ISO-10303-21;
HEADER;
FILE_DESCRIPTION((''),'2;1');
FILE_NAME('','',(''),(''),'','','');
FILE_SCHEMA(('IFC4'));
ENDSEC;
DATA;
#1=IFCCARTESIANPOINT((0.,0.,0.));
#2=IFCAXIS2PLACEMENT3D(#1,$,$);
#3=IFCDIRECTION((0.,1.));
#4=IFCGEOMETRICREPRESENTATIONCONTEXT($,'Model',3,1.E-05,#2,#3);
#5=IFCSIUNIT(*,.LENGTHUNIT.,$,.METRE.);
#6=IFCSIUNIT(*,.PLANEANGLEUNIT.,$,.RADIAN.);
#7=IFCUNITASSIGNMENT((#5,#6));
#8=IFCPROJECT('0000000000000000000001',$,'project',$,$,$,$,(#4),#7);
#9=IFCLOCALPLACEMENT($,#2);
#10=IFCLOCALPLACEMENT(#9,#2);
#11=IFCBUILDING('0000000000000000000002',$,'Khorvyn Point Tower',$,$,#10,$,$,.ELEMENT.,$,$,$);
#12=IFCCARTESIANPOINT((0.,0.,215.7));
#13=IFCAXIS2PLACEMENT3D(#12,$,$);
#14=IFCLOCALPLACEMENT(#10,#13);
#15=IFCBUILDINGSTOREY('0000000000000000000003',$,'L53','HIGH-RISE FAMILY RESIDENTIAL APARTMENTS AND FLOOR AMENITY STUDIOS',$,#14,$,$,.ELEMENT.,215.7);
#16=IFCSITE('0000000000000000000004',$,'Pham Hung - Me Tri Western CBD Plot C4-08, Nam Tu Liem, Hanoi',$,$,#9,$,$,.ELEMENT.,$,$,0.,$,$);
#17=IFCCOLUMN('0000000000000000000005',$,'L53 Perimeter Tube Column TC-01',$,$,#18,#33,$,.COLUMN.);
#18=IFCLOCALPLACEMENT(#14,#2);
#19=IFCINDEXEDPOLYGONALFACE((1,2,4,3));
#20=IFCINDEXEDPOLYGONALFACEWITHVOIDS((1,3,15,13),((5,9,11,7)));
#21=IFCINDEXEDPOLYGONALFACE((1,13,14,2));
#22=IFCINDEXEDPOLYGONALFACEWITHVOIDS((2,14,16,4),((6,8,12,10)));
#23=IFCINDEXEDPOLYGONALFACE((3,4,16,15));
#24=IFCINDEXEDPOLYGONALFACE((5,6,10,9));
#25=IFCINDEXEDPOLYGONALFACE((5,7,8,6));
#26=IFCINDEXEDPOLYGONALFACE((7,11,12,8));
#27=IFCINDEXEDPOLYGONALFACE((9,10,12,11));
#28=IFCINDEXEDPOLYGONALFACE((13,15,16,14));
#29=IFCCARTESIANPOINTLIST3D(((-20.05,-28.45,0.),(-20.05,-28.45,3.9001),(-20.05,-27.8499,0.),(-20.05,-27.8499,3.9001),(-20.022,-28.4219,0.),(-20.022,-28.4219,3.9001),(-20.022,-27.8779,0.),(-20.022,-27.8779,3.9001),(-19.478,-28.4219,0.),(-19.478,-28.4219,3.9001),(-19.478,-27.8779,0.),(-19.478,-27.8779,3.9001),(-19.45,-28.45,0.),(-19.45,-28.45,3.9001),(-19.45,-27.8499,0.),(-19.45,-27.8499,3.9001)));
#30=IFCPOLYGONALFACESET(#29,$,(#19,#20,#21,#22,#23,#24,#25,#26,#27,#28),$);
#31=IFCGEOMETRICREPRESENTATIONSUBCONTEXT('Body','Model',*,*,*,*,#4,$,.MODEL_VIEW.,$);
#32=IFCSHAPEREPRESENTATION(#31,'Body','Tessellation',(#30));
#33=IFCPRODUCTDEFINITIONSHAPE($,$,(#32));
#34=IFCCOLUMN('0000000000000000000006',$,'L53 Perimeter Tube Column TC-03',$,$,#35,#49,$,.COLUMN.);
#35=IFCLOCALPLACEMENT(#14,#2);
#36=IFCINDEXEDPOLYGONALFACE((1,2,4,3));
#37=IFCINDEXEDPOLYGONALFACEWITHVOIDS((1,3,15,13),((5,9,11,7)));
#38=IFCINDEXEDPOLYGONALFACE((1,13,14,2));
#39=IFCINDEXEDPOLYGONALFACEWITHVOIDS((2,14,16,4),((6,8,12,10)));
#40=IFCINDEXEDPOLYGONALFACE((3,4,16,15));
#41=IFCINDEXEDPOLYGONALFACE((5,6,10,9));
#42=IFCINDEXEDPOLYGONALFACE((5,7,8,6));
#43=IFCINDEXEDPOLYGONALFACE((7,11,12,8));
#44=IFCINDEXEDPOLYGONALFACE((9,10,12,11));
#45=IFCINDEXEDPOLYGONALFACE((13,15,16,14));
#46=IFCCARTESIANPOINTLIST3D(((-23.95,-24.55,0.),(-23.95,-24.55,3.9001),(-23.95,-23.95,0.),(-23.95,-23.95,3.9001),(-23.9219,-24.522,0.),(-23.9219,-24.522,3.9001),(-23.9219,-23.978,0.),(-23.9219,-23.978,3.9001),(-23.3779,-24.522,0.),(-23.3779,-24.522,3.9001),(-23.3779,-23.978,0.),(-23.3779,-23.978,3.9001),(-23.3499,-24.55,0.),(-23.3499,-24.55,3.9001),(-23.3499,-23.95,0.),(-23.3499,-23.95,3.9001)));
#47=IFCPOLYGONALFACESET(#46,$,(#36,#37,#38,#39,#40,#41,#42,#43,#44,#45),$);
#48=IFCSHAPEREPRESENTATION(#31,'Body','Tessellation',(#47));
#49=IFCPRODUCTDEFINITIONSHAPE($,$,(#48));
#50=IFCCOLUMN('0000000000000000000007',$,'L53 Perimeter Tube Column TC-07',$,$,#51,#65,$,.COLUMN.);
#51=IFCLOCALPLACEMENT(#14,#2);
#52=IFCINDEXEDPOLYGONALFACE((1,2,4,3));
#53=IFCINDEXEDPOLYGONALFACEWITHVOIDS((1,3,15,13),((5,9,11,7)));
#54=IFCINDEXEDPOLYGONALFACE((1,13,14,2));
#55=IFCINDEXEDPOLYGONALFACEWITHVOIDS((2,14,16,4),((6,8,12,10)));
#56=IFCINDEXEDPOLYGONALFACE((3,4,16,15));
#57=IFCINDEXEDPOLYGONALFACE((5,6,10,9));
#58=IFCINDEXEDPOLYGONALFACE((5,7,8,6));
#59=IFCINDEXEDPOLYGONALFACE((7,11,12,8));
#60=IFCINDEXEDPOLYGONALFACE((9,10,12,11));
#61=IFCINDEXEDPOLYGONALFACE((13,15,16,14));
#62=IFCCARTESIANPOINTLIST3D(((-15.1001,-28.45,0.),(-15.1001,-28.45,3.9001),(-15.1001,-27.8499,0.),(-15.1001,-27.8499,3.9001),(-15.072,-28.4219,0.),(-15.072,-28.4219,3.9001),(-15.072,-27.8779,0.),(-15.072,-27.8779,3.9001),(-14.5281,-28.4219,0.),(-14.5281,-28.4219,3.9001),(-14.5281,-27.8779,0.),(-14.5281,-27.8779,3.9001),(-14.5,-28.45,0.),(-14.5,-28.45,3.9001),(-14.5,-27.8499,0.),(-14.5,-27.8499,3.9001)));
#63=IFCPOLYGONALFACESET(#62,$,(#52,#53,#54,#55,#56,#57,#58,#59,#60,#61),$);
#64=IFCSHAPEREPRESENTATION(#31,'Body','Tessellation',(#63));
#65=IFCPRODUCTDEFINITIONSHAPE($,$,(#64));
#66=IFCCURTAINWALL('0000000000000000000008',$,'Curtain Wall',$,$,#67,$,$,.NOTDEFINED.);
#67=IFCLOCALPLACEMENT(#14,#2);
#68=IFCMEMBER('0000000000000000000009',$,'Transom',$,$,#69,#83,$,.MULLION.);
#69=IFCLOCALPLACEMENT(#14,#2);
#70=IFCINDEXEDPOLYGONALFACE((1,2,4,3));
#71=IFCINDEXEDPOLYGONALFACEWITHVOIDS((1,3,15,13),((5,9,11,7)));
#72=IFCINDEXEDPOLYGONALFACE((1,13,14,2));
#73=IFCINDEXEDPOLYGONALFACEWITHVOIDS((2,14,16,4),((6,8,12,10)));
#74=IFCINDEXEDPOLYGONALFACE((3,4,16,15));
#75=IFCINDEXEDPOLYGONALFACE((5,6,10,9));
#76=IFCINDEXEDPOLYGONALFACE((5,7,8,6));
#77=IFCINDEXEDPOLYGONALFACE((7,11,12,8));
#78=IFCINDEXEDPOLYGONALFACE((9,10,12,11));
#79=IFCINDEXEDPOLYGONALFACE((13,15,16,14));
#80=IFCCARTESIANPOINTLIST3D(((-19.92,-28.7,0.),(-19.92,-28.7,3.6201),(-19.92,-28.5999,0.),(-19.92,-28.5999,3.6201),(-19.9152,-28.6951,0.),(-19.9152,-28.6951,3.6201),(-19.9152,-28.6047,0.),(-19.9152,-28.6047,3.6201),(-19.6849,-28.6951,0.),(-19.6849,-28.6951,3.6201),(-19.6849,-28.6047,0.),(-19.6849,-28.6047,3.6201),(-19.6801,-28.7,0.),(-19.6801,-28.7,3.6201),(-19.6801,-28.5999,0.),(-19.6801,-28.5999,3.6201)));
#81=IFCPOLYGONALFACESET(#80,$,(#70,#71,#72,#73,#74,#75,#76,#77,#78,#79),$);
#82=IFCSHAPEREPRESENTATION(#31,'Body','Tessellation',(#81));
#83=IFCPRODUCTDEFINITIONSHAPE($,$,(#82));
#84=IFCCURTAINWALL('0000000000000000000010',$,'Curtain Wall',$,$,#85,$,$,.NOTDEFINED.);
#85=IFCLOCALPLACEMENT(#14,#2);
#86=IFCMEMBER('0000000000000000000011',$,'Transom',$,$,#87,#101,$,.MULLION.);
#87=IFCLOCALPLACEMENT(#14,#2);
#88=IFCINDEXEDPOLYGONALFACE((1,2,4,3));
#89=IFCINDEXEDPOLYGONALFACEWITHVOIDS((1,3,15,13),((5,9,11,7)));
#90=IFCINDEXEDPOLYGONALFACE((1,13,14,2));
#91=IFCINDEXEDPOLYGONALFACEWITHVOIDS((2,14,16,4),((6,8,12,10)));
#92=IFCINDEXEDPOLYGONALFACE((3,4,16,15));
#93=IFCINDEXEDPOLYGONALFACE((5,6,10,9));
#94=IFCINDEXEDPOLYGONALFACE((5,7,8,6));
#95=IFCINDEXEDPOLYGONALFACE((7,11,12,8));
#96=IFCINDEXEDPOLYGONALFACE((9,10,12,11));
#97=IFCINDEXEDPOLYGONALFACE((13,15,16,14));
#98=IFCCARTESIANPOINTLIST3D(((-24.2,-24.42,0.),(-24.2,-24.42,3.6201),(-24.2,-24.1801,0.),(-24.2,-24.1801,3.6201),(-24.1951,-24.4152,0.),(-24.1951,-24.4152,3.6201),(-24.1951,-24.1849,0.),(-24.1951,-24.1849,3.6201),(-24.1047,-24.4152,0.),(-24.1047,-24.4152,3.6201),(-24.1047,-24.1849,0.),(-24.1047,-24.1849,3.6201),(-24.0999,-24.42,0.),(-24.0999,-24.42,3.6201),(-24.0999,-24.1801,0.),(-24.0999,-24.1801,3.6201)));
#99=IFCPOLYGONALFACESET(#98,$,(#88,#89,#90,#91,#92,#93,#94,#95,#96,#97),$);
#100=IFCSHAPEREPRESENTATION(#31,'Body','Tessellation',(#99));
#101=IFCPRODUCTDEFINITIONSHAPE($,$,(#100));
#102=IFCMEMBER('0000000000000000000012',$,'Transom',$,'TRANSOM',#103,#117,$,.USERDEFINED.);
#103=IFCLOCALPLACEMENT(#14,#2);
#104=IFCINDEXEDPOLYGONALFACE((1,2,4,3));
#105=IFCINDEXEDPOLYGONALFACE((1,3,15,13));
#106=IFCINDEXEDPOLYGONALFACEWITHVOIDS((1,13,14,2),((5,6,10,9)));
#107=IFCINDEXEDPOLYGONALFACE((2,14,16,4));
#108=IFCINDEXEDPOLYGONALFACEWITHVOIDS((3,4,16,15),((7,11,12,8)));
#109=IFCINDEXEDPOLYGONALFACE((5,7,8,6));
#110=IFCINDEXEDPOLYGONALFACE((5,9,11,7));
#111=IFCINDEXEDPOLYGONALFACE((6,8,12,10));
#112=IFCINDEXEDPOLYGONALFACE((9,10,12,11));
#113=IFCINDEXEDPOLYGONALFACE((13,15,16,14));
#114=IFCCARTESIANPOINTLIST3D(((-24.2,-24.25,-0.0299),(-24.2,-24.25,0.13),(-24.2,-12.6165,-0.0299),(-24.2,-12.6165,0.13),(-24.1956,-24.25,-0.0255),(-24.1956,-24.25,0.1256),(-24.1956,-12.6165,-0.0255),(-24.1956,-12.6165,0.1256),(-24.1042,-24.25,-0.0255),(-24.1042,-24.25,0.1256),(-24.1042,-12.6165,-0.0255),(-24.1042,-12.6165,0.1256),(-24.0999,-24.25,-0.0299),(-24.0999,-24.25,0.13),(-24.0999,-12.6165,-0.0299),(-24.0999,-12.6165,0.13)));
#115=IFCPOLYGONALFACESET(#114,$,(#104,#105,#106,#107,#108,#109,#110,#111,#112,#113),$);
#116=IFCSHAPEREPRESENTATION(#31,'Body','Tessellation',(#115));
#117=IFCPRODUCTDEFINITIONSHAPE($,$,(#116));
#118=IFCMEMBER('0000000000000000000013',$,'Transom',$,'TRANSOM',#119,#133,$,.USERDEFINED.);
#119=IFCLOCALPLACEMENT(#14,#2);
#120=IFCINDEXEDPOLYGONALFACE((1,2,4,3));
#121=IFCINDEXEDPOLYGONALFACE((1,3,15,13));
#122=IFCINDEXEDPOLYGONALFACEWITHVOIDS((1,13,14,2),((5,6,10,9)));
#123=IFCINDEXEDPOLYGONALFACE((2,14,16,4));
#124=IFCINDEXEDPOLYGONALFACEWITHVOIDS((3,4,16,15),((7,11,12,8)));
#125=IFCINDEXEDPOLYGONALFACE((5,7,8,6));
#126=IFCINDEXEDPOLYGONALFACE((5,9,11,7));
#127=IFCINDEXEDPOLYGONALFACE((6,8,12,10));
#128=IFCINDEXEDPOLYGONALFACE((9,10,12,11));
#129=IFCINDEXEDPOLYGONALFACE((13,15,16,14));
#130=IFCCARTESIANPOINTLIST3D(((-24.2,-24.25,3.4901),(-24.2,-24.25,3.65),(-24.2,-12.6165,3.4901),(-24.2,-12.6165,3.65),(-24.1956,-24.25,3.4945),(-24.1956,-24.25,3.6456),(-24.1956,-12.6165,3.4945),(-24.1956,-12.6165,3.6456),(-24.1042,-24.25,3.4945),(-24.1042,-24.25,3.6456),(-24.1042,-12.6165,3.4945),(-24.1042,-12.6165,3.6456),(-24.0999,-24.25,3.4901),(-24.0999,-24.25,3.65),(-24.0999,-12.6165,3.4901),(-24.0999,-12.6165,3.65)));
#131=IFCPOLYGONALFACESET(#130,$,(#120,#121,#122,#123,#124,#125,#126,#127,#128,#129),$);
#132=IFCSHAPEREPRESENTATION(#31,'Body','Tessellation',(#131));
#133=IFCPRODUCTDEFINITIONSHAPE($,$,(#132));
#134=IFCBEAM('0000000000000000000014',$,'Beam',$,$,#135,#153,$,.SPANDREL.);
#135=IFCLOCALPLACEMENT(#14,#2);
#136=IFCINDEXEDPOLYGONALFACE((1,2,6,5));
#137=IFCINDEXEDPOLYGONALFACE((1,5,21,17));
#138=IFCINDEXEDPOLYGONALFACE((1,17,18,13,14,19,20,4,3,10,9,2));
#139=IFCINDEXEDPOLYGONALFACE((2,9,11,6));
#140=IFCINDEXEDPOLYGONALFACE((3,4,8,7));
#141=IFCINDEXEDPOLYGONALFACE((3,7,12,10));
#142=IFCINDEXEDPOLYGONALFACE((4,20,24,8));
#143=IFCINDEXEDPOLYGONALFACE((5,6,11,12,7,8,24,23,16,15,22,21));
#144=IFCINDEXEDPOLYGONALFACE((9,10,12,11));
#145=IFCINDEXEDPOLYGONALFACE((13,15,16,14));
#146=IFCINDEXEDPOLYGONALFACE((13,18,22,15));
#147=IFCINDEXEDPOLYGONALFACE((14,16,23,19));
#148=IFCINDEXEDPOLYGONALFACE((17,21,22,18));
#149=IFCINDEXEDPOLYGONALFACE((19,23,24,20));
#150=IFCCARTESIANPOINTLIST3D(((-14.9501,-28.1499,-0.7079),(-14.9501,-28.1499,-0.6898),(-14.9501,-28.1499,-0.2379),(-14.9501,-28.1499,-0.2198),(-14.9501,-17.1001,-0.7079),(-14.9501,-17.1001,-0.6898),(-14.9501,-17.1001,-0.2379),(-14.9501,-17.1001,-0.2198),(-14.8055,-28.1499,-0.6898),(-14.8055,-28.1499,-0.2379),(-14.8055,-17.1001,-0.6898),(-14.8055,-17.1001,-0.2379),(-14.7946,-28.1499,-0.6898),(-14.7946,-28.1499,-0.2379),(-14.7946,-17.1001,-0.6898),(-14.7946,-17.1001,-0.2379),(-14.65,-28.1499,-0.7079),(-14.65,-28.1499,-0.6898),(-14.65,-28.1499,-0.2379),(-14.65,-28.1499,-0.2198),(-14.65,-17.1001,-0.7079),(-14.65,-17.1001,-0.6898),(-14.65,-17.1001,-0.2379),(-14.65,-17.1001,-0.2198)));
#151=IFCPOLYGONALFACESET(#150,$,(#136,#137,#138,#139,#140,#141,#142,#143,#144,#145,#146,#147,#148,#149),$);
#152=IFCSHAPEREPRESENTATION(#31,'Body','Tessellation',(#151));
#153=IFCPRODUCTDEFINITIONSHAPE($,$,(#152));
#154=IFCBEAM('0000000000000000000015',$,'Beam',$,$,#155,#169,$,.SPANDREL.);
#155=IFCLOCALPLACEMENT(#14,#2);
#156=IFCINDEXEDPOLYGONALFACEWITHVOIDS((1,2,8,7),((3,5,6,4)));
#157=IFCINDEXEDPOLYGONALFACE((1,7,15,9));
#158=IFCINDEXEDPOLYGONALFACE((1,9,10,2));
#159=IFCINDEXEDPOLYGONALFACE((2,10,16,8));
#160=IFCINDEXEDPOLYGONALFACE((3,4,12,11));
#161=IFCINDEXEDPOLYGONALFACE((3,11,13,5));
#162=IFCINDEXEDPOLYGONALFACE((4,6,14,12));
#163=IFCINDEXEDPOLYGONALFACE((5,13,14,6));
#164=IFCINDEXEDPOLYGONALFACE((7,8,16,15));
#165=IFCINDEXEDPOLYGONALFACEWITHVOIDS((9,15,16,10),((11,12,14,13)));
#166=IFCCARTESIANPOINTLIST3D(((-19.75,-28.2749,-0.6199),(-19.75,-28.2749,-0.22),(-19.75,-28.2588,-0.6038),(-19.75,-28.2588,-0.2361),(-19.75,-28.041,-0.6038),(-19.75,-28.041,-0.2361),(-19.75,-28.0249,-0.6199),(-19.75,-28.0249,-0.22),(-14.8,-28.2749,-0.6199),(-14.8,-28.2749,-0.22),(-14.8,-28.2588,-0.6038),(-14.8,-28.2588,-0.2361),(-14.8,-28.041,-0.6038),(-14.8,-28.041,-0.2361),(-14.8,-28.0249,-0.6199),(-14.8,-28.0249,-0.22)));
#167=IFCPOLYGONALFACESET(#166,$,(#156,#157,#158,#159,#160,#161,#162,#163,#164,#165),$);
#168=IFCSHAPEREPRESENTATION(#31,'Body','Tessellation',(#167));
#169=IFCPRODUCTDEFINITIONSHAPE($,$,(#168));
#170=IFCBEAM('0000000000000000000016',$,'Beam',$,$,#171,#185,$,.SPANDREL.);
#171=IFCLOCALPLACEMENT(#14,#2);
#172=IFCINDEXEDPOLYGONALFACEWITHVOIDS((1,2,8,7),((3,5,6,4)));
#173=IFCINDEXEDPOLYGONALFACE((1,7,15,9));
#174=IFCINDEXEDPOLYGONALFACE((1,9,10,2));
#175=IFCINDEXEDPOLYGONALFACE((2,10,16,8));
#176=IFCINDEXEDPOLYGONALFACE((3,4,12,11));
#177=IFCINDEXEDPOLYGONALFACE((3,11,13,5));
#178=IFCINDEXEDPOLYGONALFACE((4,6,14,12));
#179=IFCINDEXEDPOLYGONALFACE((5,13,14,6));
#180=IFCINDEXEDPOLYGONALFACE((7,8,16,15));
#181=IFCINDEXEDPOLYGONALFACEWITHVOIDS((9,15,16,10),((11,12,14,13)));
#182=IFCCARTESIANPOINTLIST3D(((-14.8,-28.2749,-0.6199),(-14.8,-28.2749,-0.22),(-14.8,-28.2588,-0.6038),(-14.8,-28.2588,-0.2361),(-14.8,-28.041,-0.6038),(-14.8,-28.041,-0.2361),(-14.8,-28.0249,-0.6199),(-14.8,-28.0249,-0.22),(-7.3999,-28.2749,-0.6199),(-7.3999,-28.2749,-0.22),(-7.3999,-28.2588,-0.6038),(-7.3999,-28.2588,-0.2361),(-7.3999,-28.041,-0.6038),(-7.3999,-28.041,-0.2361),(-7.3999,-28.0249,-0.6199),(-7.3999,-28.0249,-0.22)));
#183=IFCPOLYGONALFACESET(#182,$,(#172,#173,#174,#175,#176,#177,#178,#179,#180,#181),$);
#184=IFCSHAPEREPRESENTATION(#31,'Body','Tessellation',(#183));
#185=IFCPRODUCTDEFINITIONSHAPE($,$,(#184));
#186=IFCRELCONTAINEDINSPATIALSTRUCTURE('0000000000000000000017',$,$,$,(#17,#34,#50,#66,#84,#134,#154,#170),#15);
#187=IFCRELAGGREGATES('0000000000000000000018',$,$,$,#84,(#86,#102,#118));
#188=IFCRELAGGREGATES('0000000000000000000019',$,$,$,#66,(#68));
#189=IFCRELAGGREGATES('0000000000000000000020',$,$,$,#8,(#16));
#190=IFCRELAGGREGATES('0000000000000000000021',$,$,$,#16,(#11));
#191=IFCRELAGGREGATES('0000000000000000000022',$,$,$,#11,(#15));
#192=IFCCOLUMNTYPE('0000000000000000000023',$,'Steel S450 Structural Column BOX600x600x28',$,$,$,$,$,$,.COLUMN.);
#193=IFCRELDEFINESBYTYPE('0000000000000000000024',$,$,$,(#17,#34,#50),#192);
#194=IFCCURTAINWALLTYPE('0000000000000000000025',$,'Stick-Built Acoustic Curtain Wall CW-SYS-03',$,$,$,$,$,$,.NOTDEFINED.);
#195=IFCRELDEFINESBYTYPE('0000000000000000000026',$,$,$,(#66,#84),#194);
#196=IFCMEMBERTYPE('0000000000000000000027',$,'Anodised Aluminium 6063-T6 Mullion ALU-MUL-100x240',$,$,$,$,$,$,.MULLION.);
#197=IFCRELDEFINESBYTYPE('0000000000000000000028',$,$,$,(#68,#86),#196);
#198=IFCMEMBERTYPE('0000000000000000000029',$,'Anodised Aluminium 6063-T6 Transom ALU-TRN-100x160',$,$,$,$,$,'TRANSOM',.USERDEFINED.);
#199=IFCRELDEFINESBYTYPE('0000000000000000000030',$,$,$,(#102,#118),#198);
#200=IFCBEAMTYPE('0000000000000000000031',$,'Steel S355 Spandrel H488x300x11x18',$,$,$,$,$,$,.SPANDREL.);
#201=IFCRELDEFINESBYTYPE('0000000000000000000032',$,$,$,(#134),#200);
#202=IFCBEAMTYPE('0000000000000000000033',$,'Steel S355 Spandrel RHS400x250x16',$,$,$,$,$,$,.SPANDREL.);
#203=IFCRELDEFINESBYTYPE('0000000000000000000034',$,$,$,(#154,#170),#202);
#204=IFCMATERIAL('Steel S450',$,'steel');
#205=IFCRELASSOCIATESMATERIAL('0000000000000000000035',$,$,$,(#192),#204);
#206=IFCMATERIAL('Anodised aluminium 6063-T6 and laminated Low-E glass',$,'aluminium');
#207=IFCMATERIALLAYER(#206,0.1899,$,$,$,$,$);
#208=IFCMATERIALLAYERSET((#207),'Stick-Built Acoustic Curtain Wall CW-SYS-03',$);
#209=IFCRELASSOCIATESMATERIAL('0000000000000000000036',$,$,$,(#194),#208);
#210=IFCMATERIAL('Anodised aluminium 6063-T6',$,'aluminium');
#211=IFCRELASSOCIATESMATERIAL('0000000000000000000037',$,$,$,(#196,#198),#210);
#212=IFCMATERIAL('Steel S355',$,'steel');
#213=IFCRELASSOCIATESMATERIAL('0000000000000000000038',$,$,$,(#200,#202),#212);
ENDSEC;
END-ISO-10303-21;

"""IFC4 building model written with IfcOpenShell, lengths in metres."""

from ifc_helpers import new_model, si_unit, direction, frame, origin, origin_2d, place, context, subcontext, project, spatial, hollow_rectangle, i_section, extrude, material, layer, layer_set, material_profile, profile_set, type_object, element, aggregate, save


model = new_model("IFC4")

# Units and contexts
model_context = context("Model", 3, precision=1e-05, world=origin(), true_north=direction((0.0, 1.0)))
body_context = subcontext(model_context, "Body", "Model", "MODEL_VIEW")
ifc_project = project(units=[si_unit("LENGTHUNIT", "METRE"), si_unit("PLANEANGLEUNIT", "RADIAN")], contexts=[model_context])

# Site, building, storey
site_placement = place(None, origin())
site = spatial("IfcSite", under=ifc_project, at=site_placement, Name="Pham Hung - Me Tri Western CBD Plot C4-08, Nam Tu Liem, Hanoi", CompositionType="ELEMENT", RefElevation=0.0)
building_placement = place(site_placement, origin())
building = spatial("IfcBuilding", under=site, at=building_placement, Name="Khorvyn Point Tower", CompositionType="ELEMENT")
storey_placement = place(building_placement, frame((0.0, 0.0, 215.7)))
storey = spatial("IfcBuildingStorey", under=building, at=storey_placement, Name="L53", Description="HIGH-RISE FAMILY RESIDENTIAL APARTMENTS AND FLOOR AMENITY STUDIOS", CompositionType="ELEMENT", Elevation=215.7)

# Columns
ifc_material_1 = material(Name="Steel S450", Category="steel")
ifc_material_profile_1 = material_profile(ifc_material_1, hollow_rectangle(XDim=0.6001, YDim=0.6001, WallThickness=0.0281, at=origin_2d()))
ifc_profile_set_1 = profile_set([ifc_material_profile_1], Name="Steel S450 BOX600x600x28")
column_type = type_object("IfcColumnType", Name="Steel S450 Structural Column BOX600x600x28", PredefinedType="COLUMN", material=ifc_profile_set_1)
for number, where, z_axis, x_axis, name in (
    (1, (-19.75, -28.1499, 0.0), (0.0, 0.0, 1.0), (1.0, 0.0, 0.0), "L53 Perimeter Tube Column TC-01"),
    (2, (-23.6499, -24.25, 0.0), (0.0, 0.0, 1.0), (1.0, 0.0, 0.0), "L53 Perimeter Tube Column TC-03"),
    (3, (-14.8, -28.1499, 0.0), (0.0, 0.0, 1.0), (1.0, 0.0, 0.0), "L53 Perimeter Tube Column TC-07"),
):
    element("IfcColumn", number, at=place(storey_placement, frame(where, z_axis=z_axis, x_axis=x_axis)), inside=storey, type_object=column_type, Name=name, PredefinedType="COLUMN", context=body_context, shape_type="SweptSolid", body=[
        extrude(hollow_rectangle(XDim=0.6001, YDim=0.6001, WallThickness=0.0281, at=origin_2d()), origin(), (0.0, 0.0, 1.0), 3.9001),
    ])

# Curtain wall, member
ifc_material_2 = material(Name="Anodised aluminium 6063-T6 and laminated Low-E glass", Category="aluminium")
ifc_layer_1 = layer(ifc_material_2, 0.1899)
ifc_layer_set_1 = layer_set([ifc_layer_1], Name="Stick-Built Acoustic Curtain Wall CW-SYS-03")
curtain_wall_type = type_object("IfcCurtainWallType", Name="Stick-Built Acoustic Curtain Wall CW-SYS-03", PredefinedType="NOTDEFINED", material=ifc_layer_set_1)
curtain_wall_1_placement = place(storey_placement, origin())
curtain_wall_1 = element("IfcCurtainWall", 4, at=curtain_wall_1_placement, inside=storey, type_object=curtain_wall_type, Name="Curtain Wall", PredefinedType="NOTDEFINED")
ifc_material_3 = material(Name="Anodised aluminium 6063-T6", Category="aluminium")
ifc_material_profile_2 = material_profile(ifc_material_3, hollow_rectangle(XDim=0.1001, YDim=0.24, WallThickness=0.0049, at=origin_2d()))
ifc_profile_set_2 = profile_set([ifc_material_profile_2], Name="Anodised aluminium 6063-T6 ALU-MUL-100x240")
member_type_1 = type_object("IfcMemberType", Name="Anodised Aluminium 6063-T6 Mullion ALU-MUL-100x240", PredefinedType="MULLION", material=ifc_profile_set_2)
member_1_placement = place(storey_placement, frame((-19.8, -28.6499, 0.0), z_axis=(0.0, 0.0, 1.0), x_axis=(0.0, -1.0, 0.0)))
member_1 = element("IfcMember", 5, at=member_1_placement, type_object=member_type_1, Name="Transom", PredefinedType="MULLION", context=body_context, shape_type="SweptSolid", body=[
    extrude(hollow_rectangle(XDim=0.1001, YDim=0.24, WallThickness=0.0049, at=origin_2d()), origin(), (0.0, 0.0, 1.0), 3.6201),
])

# Curtain wall, members
curtain_wall_2_placement = place(storey_placement, origin())
curtain_wall_2 = element("IfcCurtainWall", 6, at=curtain_wall_2_placement, inside=storey, type_object=curtain_wall_type, Name="Curtain Wall", PredefinedType="NOTDEFINED")
member_2_placement = place(storey_placement, frame((-24.1499, -24.3, 0.0), z_axis=(0.0, 0.0, 1.0), x_axis=(-1.0, 0.0, 0.0)))
member_2 = element("IfcMember", 7, at=member_2_placement, type_object=member_type_1, Name="Transom", PredefinedType="MULLION", context=body_context, shape_type="SweptSolid", body=[
    extrude(hollow_rectangle(XDim=0.1001, YDim=0.24, WallThickness=0.0049, at=origin_2d()), origin(), (0.0, 0.0, 1.0), 3.6201),
])
ifc_material_profile_3 = material_profile(ifc_material_3, hollow_rectangle(XDim=0.1001, YDim=0.1599, WallThickness=0.0044, at=origin_2d()))
ifc_profile_set_3 = profile_set([ifc_material_profile_3], Name="Anodised aluminium 6063-T6 ALU-TRN-100x160")
member_type_2 = type_object("IfcMemberType", Name="Anodised Aluminium 6063-T6 Transom ALU-TRN-100x160", ElementType="TRANSOM", PredefinedType="USERDEFINED", material=ifc_profile_set_3)
member_3_placement = place(storey_placement, frame((-24.1499, -24.25, 0.05), z_axis=(0.0, 1.0, 0.0), x_axis=(-1.0, 0.0, 0.0)))
member_3 = element("IfcMember", 8, at=member_3_placement, type_object=member_type_2, Name="Transom", ObjectType="TRANSOM", PredefinedType="USERDEFINED", context=body_context, shape_type="SweptSolid", body=[
    extrude(hollow_rectangle(XDim=0.1001, YDim=0.1599, WallThickness=0.0044, at=origin_2d()), origin(), (0.0, 0.0, 1.0), 11.6335),
])
member_4_placement = place(storey_placement, frame((-24.1499, -24.25, 3.5701), z_axis=(0.0, 1.0, 0.0), x_axis=(-1.0, 0.0, 0.0)))
member_4 = element("IfcMember", 9, at=member_4_placement, type_object=member_type_2, Name="Transom", ObjectType="TRANSOM", PredefinedType="USERDEFINED", context=body_context, shape_type="SweptSolid", body=[
    extrude(hollow_rectangle(XDim=0.1001, YDim=0.1599, WallThickness=0.0044, at=origin_2d()), origin(), (0.0, 0.0, 1.0), 11.6335),
])
aggregate(curtain_wall_2, [member_2, member_3, member_4])

# Beams
ifc_material_4 = material(Name="Steel S355", Category="steel")
ifc_material_profile_4 = material_profile(ifc_material_4, i_section(OverallWidth=0.3, OverallDepth=0.488, WebThickness=0.011, FlangeThickness=0.0181, at=origin_2d()))
ifc_profile_set_4 = profile_set([ifc_material_profile_4], Name="Steel S355 H488x300x11x18")
beam_type_1 = type_object("IfcBeamType", Name="Steel S355 Spandrel H488x300x11x18", PredefinedType="SPANDREL", material=ifc_profile_set_4)
beam_1_placement = place(storey_placement, frame((-14.8, -28.1499, -0.4639), z_axis=(0.0, 1.0, 0.0), x_axis=(-1.0, 0.0, 0.0)))
element("IfcBeam", 10, at=beam_1_placement, inside=storey, type_object=beam_type_1, Name="Beam", PredefinedType="SPANDREL", context=body_context, shape_type="SweptSolid", body=[
    extrude(i_section(OverallWidth=0.3, OverallDepth=0.488, WebThickness=0.011, FlangeThickness=0.0181, at=origin_2d()), origin(), (0.0, 0.0, 1.0), 11.0498),
])
ifc_material_profile_5 = material_profile(ifc_material_4, hollow_rectangle(XDim=0.25, YDim=0.3999, WallThickness=0.0161, at=origin_2d()))
ifc_profile_set_5 = profile_set([ifc_material_profile_5], Name="Steel S355 RHS400x250x16")
beam_type_2 = type_object("IfcBeamType", Name="Steel S355 Spandrel RHS400x250x16", PredefinedType="SPANDREL", material=ifc_profile_set_5)
beam_2_placement = place(storey_placement, frame((-19.75, -28.1499, -0.4199), z_axis=(1.0, 0.0, 0.0), x_axis=(0.0, 1.0, 0.0)))
element("IfcBeam", 11, at=beam_2_placement, inside=storey, type_object=beam_type_2, Name="Beam", PredefinedType="SPANDREL", context=body_context, shape_type="SweptSolid", body=[
    extrude(hollow_rectangle(XDim=0.25, YDim=0.3999, WallThickness=0.0161, at=origin_2d()), origin(), (0.0, 0.0, 1.0), 4.95),
])
beam_3_placement = place(storey_placement, frame((-14.8, -28.1499, -0.4199), z_axis=(1.0, 0.0, 0.0), x_axis=(0.0, 1.0, 0.0)))
element("IfcBeam", 12, at=beam_3_placement, inside=storey, type_object=beam_type_2, Name="Beam", PredefinedType="SPANDREL", context=body_context, shape_type="SweptSolid", body=[
    extrude(hollow_rectangle(XDim=0.25, YDim=0.3999, WallThickness=0.0161, at=origin_2d()), origin(), (0.0, 0.0, 1.0), 7.4001),
])

aggregate(curtain_wall_1, [member_1])

save(model, "model.ifc")
